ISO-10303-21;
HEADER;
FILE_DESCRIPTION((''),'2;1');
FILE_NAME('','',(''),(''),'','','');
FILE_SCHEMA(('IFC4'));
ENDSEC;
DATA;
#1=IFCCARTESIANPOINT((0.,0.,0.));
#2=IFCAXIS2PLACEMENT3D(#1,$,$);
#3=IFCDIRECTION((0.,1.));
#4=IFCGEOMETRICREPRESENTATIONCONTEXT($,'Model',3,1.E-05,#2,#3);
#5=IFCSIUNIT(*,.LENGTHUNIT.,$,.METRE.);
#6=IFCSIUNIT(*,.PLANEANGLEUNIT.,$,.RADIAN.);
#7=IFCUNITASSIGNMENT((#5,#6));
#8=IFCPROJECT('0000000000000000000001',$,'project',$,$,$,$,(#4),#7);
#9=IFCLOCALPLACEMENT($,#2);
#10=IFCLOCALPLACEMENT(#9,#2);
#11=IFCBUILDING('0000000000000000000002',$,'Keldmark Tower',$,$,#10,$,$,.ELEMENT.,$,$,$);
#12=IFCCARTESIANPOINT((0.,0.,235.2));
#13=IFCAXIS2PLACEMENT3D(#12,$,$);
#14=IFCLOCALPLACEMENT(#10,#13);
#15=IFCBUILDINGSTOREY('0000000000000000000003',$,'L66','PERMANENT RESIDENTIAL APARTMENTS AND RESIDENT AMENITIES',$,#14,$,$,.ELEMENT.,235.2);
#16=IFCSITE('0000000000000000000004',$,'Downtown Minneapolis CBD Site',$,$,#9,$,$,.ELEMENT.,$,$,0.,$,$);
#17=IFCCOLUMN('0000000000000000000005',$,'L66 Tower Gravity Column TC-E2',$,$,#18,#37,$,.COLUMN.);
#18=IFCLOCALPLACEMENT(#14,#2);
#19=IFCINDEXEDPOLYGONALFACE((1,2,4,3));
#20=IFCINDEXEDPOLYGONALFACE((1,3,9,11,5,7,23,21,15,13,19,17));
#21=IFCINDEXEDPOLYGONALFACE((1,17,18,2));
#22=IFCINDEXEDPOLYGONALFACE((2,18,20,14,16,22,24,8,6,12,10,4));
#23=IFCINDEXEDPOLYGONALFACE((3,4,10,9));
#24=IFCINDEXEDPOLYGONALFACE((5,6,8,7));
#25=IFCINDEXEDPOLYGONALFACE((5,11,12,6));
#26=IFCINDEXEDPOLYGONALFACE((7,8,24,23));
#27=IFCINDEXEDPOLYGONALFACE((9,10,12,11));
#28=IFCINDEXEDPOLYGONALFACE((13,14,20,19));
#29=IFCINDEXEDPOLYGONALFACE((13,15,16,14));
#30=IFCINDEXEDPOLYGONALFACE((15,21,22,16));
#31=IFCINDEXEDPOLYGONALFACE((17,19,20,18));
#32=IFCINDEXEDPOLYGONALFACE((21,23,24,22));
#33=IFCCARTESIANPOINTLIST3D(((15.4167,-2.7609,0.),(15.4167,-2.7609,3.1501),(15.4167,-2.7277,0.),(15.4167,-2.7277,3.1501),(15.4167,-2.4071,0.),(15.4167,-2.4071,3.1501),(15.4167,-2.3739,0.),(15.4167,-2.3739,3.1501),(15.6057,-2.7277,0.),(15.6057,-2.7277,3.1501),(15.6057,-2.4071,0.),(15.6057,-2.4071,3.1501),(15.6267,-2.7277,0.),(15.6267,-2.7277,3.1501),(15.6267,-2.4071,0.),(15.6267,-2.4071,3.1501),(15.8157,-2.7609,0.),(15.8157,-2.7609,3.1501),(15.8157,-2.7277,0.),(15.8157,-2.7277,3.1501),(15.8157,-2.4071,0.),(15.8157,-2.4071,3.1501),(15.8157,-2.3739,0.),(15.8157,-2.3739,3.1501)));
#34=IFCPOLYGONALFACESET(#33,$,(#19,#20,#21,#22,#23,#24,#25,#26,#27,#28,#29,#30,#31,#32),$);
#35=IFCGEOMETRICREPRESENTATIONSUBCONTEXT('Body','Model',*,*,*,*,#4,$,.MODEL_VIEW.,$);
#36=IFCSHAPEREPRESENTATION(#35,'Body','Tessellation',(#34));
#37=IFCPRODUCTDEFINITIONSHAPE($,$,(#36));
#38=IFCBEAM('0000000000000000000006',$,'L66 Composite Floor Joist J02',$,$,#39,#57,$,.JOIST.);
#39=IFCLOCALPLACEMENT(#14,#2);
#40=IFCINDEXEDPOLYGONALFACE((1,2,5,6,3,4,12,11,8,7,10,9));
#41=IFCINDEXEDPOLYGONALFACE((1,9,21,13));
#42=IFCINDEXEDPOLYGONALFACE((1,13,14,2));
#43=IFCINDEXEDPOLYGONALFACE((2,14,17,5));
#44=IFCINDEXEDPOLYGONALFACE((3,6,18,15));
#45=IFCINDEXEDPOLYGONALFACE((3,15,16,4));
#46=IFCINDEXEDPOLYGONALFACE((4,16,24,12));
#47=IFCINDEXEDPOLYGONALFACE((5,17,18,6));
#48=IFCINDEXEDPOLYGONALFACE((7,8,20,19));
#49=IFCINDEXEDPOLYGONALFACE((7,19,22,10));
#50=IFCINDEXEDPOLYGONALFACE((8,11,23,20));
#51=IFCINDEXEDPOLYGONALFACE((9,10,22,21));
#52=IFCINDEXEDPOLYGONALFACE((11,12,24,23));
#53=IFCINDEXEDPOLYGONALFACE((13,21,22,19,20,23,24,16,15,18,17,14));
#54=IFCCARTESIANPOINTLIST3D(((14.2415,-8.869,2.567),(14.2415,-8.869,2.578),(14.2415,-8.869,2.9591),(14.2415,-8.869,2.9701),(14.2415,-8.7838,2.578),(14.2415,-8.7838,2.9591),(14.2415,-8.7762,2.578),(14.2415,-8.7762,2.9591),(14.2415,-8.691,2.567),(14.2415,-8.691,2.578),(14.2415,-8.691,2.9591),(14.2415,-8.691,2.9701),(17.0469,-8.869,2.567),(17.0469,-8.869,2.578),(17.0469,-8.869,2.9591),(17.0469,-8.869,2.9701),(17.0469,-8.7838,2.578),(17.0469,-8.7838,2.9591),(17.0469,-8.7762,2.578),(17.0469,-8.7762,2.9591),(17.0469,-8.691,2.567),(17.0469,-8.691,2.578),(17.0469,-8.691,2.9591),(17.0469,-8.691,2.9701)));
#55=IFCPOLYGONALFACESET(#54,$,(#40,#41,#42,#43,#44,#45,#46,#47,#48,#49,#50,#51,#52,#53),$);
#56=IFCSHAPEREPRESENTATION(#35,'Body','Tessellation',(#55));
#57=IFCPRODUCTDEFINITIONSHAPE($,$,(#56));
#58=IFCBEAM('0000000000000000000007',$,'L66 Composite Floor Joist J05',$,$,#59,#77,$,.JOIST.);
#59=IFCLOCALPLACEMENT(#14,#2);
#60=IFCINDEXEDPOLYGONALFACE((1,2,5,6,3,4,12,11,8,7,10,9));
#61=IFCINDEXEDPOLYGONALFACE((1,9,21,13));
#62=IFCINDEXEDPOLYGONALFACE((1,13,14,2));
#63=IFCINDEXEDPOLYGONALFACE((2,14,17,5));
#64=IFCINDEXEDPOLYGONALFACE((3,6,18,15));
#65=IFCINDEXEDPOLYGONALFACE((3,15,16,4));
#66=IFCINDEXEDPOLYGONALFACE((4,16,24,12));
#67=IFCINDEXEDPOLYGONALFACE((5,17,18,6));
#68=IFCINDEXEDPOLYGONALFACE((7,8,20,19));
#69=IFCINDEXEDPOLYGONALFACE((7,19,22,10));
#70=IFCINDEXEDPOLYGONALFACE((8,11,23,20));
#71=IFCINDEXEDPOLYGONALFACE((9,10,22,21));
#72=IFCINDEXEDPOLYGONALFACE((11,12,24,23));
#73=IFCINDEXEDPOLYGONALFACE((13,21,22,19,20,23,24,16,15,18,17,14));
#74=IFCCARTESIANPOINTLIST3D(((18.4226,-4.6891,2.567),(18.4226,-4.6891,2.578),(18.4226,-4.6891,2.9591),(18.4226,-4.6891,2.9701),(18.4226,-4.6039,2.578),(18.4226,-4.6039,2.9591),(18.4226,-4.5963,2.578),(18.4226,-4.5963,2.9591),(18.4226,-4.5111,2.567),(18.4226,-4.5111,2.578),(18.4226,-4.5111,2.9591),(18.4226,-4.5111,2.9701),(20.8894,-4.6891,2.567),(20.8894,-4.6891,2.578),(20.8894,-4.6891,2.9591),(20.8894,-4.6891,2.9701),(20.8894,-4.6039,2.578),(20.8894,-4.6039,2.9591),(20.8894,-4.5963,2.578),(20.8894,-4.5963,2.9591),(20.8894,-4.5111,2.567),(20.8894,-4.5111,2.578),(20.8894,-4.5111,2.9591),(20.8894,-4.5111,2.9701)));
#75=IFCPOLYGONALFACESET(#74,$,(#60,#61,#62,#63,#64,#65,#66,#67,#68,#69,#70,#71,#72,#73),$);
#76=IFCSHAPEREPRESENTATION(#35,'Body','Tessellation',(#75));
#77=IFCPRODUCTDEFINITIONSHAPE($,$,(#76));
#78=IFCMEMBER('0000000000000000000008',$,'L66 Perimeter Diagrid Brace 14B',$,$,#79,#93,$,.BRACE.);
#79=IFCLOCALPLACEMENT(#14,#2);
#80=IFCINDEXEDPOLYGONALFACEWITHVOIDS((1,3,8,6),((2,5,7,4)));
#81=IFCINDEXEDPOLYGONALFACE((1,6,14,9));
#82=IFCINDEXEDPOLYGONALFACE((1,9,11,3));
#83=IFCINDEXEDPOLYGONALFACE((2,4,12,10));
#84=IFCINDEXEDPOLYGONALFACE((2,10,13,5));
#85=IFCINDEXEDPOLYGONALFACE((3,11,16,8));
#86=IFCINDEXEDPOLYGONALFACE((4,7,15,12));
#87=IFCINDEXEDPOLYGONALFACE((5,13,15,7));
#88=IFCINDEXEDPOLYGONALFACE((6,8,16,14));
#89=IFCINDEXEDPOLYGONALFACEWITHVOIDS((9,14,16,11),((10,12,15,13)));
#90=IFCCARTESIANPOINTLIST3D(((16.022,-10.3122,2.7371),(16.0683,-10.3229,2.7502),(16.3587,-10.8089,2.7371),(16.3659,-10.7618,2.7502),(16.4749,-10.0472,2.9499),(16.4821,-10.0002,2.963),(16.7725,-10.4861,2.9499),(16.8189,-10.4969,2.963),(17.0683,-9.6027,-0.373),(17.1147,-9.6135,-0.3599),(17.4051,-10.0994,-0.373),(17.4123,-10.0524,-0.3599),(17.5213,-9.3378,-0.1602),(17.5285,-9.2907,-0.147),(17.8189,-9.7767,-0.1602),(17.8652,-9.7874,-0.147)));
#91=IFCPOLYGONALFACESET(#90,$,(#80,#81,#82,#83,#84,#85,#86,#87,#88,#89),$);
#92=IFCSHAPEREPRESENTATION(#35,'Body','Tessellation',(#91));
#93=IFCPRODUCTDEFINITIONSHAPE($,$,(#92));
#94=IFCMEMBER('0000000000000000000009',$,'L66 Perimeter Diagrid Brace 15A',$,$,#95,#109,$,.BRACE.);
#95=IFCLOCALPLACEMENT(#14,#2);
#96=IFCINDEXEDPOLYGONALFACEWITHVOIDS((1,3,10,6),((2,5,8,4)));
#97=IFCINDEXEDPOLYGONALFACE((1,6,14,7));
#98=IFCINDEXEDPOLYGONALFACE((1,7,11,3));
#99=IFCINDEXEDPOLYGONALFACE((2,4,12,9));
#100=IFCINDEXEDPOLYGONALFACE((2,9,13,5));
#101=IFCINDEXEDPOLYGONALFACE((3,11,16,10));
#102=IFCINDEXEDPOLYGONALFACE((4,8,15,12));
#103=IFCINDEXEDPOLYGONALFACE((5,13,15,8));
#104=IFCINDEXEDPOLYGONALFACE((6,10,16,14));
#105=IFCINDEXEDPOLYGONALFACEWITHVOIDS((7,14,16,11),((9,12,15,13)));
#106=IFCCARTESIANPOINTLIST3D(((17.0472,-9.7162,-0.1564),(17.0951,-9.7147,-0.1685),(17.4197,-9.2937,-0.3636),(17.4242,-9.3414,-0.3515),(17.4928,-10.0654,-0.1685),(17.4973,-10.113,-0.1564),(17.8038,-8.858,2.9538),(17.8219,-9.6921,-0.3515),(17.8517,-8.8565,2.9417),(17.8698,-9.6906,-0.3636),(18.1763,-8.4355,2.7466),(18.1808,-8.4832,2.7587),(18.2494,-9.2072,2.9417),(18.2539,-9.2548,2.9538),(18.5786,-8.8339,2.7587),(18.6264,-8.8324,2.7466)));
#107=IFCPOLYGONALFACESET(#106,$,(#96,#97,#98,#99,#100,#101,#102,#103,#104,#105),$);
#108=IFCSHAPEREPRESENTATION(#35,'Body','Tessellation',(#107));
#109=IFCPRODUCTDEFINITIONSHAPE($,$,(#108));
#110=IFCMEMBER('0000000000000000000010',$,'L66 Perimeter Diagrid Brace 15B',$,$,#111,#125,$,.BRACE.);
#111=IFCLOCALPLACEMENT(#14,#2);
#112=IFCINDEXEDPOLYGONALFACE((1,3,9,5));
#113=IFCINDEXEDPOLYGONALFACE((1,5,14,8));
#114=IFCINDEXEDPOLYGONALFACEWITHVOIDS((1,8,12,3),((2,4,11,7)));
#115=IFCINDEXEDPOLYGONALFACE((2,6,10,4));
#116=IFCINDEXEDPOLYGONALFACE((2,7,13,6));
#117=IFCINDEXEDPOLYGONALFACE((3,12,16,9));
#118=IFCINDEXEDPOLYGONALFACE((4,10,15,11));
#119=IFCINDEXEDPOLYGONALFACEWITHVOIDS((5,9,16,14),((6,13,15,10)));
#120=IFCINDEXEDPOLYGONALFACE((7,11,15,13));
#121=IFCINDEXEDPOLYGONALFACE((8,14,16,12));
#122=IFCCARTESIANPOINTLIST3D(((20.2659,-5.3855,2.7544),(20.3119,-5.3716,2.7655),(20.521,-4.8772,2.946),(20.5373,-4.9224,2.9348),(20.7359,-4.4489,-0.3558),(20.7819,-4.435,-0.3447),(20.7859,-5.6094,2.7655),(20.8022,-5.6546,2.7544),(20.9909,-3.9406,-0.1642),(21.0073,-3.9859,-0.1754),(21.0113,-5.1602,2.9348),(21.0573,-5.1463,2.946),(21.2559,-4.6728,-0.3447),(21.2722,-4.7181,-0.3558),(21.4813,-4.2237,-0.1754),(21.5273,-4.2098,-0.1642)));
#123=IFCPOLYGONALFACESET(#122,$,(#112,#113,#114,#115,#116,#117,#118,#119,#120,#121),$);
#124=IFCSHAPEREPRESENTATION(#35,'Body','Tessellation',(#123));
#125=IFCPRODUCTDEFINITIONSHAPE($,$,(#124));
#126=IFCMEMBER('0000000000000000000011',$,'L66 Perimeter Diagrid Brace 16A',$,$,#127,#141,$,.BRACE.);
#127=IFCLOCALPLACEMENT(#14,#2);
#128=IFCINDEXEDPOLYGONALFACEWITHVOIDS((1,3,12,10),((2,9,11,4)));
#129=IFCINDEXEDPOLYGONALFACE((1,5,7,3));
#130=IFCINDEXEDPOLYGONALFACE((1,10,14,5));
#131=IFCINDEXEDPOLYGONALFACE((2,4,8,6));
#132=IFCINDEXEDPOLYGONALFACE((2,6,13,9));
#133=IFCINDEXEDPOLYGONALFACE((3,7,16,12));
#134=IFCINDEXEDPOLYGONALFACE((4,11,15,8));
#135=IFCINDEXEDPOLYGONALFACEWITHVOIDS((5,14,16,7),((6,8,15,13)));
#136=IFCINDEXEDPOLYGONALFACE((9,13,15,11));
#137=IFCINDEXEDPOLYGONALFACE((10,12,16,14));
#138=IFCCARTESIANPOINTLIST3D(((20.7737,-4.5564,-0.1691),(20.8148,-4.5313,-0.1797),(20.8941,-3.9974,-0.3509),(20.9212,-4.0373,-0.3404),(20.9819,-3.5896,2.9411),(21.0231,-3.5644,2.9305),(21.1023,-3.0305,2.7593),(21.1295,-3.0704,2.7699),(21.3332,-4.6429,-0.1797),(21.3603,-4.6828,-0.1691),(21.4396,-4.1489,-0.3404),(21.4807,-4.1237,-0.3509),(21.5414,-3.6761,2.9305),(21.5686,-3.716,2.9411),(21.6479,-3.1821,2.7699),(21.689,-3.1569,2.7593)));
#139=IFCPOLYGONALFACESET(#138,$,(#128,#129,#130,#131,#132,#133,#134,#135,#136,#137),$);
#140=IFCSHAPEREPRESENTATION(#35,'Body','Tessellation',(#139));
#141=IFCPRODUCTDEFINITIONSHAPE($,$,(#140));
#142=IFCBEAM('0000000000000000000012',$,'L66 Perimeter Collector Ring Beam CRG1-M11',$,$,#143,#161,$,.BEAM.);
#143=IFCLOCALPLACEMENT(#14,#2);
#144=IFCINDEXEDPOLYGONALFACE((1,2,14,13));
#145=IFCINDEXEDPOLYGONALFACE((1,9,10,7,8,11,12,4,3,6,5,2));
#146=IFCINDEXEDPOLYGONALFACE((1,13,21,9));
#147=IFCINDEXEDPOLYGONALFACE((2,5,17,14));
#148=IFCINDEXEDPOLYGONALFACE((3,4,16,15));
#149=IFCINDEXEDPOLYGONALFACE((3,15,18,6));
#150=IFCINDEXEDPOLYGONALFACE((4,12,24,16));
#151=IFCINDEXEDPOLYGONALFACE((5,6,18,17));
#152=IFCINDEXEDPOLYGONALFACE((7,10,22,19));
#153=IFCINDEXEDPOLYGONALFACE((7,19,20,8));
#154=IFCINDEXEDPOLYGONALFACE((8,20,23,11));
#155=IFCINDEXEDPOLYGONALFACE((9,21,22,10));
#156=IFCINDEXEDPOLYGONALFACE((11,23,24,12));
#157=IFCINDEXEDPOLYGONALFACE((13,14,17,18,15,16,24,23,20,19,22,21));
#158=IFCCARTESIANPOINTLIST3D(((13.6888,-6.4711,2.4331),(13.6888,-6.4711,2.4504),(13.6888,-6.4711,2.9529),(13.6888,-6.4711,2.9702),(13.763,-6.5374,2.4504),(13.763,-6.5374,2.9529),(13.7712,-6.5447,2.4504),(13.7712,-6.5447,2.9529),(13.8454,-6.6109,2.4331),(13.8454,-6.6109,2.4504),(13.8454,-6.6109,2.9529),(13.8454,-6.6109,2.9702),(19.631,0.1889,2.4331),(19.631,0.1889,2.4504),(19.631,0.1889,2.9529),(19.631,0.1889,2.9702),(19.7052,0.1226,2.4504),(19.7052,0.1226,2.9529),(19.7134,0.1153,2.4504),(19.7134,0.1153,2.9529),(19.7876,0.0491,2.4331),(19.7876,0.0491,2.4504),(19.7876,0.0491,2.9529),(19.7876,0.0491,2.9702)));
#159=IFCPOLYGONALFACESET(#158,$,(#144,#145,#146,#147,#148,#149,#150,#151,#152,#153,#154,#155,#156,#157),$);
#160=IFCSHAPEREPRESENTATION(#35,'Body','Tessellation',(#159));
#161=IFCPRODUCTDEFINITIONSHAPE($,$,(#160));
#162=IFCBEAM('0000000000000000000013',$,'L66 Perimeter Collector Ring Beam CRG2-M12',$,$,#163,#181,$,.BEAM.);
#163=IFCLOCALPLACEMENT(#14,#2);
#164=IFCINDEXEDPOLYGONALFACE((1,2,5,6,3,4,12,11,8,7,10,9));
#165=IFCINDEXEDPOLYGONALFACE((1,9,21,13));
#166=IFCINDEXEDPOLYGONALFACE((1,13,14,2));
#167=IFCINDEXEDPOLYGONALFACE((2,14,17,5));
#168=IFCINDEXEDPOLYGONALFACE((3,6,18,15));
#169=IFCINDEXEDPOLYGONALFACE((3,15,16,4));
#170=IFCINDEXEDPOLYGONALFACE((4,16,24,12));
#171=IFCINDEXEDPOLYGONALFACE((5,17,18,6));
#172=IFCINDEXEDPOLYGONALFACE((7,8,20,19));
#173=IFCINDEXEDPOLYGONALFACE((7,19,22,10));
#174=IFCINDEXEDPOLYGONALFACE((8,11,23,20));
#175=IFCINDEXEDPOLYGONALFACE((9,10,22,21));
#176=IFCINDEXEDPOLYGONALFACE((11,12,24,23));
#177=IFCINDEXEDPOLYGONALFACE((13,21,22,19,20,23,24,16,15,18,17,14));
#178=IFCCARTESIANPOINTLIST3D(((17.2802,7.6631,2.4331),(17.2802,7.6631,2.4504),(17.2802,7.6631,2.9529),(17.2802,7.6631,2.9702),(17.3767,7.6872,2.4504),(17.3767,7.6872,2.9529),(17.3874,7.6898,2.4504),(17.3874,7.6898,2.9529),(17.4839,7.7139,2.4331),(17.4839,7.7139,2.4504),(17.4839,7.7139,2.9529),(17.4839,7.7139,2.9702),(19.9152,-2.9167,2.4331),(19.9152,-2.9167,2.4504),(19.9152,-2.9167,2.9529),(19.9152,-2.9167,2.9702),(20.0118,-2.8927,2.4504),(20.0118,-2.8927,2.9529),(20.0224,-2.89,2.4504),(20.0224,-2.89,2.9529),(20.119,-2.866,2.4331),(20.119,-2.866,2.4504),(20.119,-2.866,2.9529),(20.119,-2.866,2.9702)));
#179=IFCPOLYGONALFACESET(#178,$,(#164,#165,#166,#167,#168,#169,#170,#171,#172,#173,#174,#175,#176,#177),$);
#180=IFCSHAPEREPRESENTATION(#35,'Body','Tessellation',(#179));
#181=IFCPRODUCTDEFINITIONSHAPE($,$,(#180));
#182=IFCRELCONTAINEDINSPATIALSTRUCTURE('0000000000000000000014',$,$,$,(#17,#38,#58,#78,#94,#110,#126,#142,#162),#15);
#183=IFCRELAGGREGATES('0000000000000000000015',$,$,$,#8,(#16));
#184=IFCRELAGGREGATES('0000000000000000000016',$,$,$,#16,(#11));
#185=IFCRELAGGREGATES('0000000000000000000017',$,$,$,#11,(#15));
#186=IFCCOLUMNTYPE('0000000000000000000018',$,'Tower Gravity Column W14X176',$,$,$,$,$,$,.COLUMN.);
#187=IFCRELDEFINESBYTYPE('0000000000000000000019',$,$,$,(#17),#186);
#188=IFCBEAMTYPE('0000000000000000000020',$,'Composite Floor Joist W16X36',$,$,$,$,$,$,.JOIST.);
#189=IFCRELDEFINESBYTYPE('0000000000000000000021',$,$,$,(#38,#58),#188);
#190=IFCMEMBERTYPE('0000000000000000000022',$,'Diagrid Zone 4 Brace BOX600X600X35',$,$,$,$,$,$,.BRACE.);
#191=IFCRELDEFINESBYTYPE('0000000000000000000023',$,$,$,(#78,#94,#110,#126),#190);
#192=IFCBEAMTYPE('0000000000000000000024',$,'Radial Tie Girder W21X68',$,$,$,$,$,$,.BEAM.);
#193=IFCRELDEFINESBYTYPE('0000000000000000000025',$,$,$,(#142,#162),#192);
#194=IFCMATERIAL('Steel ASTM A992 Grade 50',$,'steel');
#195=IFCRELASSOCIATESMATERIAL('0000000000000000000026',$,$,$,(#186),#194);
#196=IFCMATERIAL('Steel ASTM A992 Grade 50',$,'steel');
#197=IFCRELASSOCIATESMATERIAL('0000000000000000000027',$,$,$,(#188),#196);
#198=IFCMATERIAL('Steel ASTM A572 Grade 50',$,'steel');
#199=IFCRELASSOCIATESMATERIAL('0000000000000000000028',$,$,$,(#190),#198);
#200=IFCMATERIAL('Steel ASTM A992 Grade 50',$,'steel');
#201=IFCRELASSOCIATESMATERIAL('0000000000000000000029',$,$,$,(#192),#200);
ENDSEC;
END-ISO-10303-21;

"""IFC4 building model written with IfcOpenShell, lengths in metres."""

from ifc_helpers import new_model, si_unit, direction, frame, origin, origin_2d, place, context, subcontext, project, spatial, hollow_rectangle, i_section, extrude, material, material_profile, profile_set, type_object, element, save


model = new_model("IFC4")

# Units and contexts
model_context = context("Model", 3, precision=1e-05, world=origin(), true_north=direction((0.0, 1.0)))
body_context = subcontext(model_context, "Body", "Model", "MODEL_VIEW")
ifc_project = project(units=[si_unit("LENGTHUNIT", "METRE"), si_unit("PLANEANGLEUNIT", "RADIAN")], contexts=[model_context])

# Site, building, storey
site_placement = place(None, origin())
site = spatial("IfcSite", under=ifc_project, at=site_placement, Name="Downtown Minneapolis CBD Site", CompositionType="ELEMENT", RefElevation=0.0)
building_placement = place(site_placement, origin())
building = spatial("IfcBuilding", under=site, at=building_placement, Name="Keldmark Tower", CompositionType="ELEMENT")
storey_placement = place(building_placement, frame((0.0, 0.0, 235.2)))
storey = spatial("IfcBuildingStorey", under=building, at=storey_placement, Name="L66", Description="PERMANENT RESIDENTIAL APARTMENTS AND RESIDENT AMENITIES", CompositionType="ELEMENT", Elevation=235.2)

# Column
ifc_material_1 = material(Name="Steel ASTM A992 Grade 50", Category="steel")
ifc_material_profile_1 = material_profile(ifc_material_1, i_section(OverallWidth=0.3989, OverallDepth=0.387, WebThickness=0.021, FlangeThickness=0.0332, at=origin_2d()), Name="W14X176")
ifc_profile_set_1 = profile_set([ifc_material_profile_1], Name="Steel ASTM A992 Grade 50")
column_type = type_object("IfcColumnType", Name="Tower Gravity Column W14X176", PredefinedType="COLUMN", material=ifc_profile_set_1)
column_placement = place(storey_placement, frame((15.6162, -2.5674, 0.0), z_axis=(0.0, 0.0, 1.0), x_axis=(1.0, 0.0, 0.0)))
element("IfcColumn", 1, at=column_placement, inside=storey, type_object=column_type, Name="L66 Tower Gravity Column TC-E2", PredefinedType="COLUMN", context=body_context, shape_type="SweptSolid", body=[
    extrude(i_section(OverallWidth=0.3989, OverallDepth=0.387, WebThickness=0.021, FlangeThickness=0.0332, at=origin_2d()), origin(), (0.0, 0.0, 1.0), 3.1501),
])

# Beams
ifc_material_2 = material(Name="Steel ASTM A992 Grade 50", Category="steel")
ifc_material_profile_2 = material_profile(ifc_material_2, i_section(OverallWidth=0.178, OverallDepth=0.4031, WebThickness=0.0076, FlangeThickness=0.011, at=origin_2d()), Name="W16X36")
ifc_profile_set_2 = profile_set([ifc_material_profile_2], Name="Steel ASTM A992 Grade 50")
beam_type_1 = type_object("IfcBeamType", Name="Composite Floor Joist W16X36", PredefinedType="JOIST", material=ifc_profile_set_2)
beam_1_placement = place(storey_placement, frame((14.2415, -8.78, 2.7686), z_axis=(1.0, 0.0, 0.0), x_axis=(0.0, 1.0, 0.0)))
element("IfcBeam", 2, at=beam_1_placement, inside=storey, type_object=beam_type_1, Name="L66 Composite Floor Joist J02", PredefinedType="JOIST", context=body_context, shape_type="SweptSolid", body=[
    extrude(i_section(OverallWidth=0.178, OverallDepth=0.4031, WebThickness=0.0076, FlangeThickness=0.011, at=origin_2d()), origin(), (0.0, 0.0, 1.0), 2.8054),
])
beam_2_placement = place(storey_placement, frame((18.4226, -4.6001, 2.7686), z_axis=(1.0, 0.0, 0.0), x_axis=(0.0, 1.0, 0.0)))
element("IfcBeam", 3, at=beam_2_placement, inside=storey, type_object=beam_type_1, Name="L66 Composite Floor Joist J05", PredefinedType="JOIST", context=body_context, shape_type="SweptSolid", body=[
    extrude(i_section(OverallWidth=0.178, OverallDepth=0.4031, WebThickness=0.0076, FlangeThickness=0.011, at=origin_2d()), origin(), (0.0, 0.0, 1.0), 2.4668),
])

# Members
ifc_material_3 = material(Name="Steel ASTM A572 Grade 50", Category="steel")
ifc_material_profile_3 = material_profile(ifc_material_3, hollow_rectangle(XDim=0.6001, YDim=0.6001, WallThickness=0.0349, at=origin_2d()), Name="BOX600X600X35")
ifc_profile_set_3 = profile_set([ifc_material_profile_3], Name="Steel ASTM A572 Grade 50")
member_type = type_object("IfcMemberType", Name="Diagrid Zone 4 Brace BOX600X600X35", PredefinedType="BRACE", material=ifc_profile_set_3)
member_1_placement = place(storey_placement, frame((17.4668, -9.6951, -0.26), z_axis=(-0.311681, -0.211326, 0.926389), x_axis=(0.56119, -0.827687, 0.0)))
element("IfcMember", 4, at=member_1_placement, inside=storey, type_object=member_type, Name="L66 Perimeter Diagrid Brace 14B", PredefinedType="BRACE", context=body_context, shape_type="SweptSolid", body=[
    extrude(hollow_rectangle(XDim=0.6001, YDim=0.6001, WallThickness=0.0349, at=origin_2d()), origin(), (0.0, 0.0, 1.0), 3.3572),
])
member_2_placement = place(storey_placement, frame((17.4585, -9.7034, -0.26), z_axis=(0.228312, 0.25896, 0.938517), x_axis=(-0.750099, 0.661325, 0.0)))
element("IfcMember", 5, at=member_2_placement, inside=storey, type_object=member_type, Name="L66 Perimeter Diagrid Brace 15A", PredefinedType="BRACE", context=body_context, shape_type="SweptSolid", body=[
    extrude(hollow_rectangle(XDim=0.6001, YDim=0.6001, WallThickness=0.0349, at=origin_2d()), origin(), (0.0, 0.0, 1.0), 3.314),
])
member_3_placement = place(storey_placement, frame((21.1316, -4.3293, -0.26), z_axis=(-0.143202, -0.285362, 0.947661), x_axis=(0.893774, -0.448518, 0.0)))
element("IfcMember", 6, at=member_3_placement, inside=storey, type_object=member_type, Name="L66 Perimeter Diagrid Brace 15B", PredefinedType="BRACE", context=body_context, shape_type="SweptSolid", body=[
    extrude(hollow_rectangle(XDim=0.6001, YDim=0.6001, WallThickness=0.0349, at=origin_2d()), origin(), (0.0, 0.0, 1.0), 3.282),
])
member_4_placement = place(storey_placement, frame((21.1272, -4.3401, -0.26), z_axis=(0.063811, 0.29624, 0.95298), x_axis=(-0.977578, 0.210574, 0.0)))
element("IfcMember", 7, at=member_4_placement, inside=storey, type_object=member_type, Name="L66 Perimeter Diagrid Brace 16A", PredefinedType="BRACE", context=body_context, shape_type="SweptSolid", body=[
    extrude(hollow_rectangle(XDim=0.6001, YDim=0.6001, WallThickness=0.0349, at=origin_2d()), origin(), (0.0, 0.0, 1.0), 3.2637),
])

# Beams
ifc_material_4 = material(Name="Steel ASTM A992 Grade 50", Category="steel")
ifc_material_profile_4 = material_profile(ifc_material_4, i_section(OverallWidth=0.21, OverallDepth=0.5371, WebThickness=0.011, FlangeThickness=0.0173, at=origin_2d()), Name="W21X68")
ifc_profile_set_4 = profile_set([ifc_material_profile_4], Name="Steel ASTM A992 Grade 50")
beam_type_2 = type_object("IfcBeamType", Name="Radial Tie Girder W21X68", PredefinedType="BEAM", material=ifc_profile_set_4)
beam_3_placement = place(storey_placement, frame((13.7671, -6.541, 2.7017), z_axis=(0.665753, 0.746172, 0.0), x_axis=(-0.746172, 0.665753, 0.0)))
element("IfcBeam", 8, at=beam_3_placement, inside=storey, type_object=beam_type_2, Name="L66 Perimeter Collector Ring Beam CRG1-M11", PredefinedType="BEAM", context=body_context, shape_type="SweptSolid", body=[
    extrude(i_section(OverallWidth=0.21, OverallDepth=0.5371, WebThickness=0.011, FlangeThickness=0.0173, at=origin_2d()), origin(), (0.0, 0.0, 1.0), 8.9255),
])
beam_4_placement = place(storey_placement, frame((20.0171, -2.8914, 2.7017), z_axis=(-0.241677, 0.970357, 0.0), x_axis=(-0.970357, -0.241677, 0.0)))
element("IfcBeam", 9, at=beam_4_placement, inside=storey, type_object=beam_type_2, Name="L66 Perimeter Collector Ring Beam CRG2-M12", PredefinedType="BEAM", context=body_context, shape_type="SweptSolid", body=[
    extrude(i_section(OverallWidth=0.21, OverallDepth=0.5371, WebThickness=0.011, FlangeThickness=0.0173, at=origin_2d()), origin(), (0.0, 0.0, 1.0), 10.9031),
])

save(model, "model.ifc")
